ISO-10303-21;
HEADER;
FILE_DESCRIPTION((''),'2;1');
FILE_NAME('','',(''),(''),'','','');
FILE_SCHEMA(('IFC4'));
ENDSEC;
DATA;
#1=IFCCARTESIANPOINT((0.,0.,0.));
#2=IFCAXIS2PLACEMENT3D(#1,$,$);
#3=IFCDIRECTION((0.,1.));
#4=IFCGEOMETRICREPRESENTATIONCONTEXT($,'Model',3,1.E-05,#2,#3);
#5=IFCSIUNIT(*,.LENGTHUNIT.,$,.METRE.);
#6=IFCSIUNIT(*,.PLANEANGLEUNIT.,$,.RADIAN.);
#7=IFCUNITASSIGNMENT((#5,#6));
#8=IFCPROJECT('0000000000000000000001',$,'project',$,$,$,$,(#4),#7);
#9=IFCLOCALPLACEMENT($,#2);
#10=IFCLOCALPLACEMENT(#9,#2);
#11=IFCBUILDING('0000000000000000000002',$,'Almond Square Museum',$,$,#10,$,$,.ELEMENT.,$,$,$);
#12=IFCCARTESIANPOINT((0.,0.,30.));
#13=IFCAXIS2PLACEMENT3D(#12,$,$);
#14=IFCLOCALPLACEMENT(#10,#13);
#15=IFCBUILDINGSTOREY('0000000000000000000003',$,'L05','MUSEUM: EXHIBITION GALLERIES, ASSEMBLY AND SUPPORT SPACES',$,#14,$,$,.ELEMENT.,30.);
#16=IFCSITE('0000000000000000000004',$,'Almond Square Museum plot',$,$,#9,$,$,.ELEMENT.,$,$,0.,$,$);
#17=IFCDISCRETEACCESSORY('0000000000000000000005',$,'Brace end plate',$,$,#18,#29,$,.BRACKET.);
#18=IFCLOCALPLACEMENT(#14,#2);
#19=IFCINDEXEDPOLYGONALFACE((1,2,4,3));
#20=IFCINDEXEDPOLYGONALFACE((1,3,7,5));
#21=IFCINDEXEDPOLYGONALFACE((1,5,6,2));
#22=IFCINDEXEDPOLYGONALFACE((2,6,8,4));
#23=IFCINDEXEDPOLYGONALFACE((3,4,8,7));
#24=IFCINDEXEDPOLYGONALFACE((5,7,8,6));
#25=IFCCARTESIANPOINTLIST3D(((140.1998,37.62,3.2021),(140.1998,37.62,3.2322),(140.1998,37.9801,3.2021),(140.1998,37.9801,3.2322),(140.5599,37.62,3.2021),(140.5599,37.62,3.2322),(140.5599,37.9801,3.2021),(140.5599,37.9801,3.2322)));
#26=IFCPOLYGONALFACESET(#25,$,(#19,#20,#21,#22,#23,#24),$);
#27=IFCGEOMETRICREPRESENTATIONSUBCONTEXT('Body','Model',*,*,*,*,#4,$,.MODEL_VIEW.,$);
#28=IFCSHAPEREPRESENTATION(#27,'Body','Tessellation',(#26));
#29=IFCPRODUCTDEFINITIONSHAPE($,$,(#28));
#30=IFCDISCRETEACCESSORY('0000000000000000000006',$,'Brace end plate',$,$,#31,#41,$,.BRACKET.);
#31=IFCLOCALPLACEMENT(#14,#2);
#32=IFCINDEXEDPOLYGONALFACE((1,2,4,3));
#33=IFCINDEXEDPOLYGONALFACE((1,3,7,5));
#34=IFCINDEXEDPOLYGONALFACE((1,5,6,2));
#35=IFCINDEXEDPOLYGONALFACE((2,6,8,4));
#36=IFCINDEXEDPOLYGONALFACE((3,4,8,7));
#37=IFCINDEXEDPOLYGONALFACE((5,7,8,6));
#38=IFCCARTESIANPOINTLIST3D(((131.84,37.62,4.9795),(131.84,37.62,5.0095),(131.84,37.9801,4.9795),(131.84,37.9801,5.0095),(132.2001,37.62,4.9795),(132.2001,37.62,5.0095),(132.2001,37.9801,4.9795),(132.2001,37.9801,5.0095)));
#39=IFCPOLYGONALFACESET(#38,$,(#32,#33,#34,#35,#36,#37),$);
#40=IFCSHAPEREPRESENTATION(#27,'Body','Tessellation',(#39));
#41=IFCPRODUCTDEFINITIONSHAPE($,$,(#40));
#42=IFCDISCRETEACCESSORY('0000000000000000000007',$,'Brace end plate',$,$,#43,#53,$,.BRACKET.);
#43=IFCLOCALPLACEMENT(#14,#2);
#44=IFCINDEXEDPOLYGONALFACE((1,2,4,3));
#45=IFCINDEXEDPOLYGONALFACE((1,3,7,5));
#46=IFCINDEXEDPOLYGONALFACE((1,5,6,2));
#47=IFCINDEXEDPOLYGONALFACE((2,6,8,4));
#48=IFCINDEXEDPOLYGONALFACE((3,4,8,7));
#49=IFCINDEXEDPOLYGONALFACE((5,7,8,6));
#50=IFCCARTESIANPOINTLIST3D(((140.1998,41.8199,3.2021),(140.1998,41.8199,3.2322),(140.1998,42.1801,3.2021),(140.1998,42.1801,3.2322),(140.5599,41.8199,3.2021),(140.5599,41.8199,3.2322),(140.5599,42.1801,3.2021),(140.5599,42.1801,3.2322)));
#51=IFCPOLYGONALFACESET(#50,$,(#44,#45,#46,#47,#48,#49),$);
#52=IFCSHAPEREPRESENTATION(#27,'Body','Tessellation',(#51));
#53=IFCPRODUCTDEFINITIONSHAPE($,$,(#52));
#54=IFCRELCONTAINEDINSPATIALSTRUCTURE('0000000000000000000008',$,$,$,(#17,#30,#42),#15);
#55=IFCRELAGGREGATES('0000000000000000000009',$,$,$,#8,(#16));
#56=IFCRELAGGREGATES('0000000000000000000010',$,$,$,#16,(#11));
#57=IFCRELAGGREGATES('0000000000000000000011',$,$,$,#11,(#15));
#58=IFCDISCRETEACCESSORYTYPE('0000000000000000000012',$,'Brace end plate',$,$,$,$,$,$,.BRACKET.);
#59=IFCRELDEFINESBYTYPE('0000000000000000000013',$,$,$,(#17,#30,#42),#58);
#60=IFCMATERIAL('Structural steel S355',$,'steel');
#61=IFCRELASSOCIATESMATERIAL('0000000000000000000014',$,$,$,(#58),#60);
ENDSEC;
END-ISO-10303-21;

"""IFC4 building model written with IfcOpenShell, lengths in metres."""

from ifc_helpers import new_model, si_unit, direction, frame, origin, origin_2d, place, context, subcontext, project, spatial, rectangle, extrude, material, type_object, element, save


model = new_model("IFC4")

# Units and contexts
model_context = context("Model", 3, precision=1e-05, world=origin(), true_north=direction((0.0, 1.0)))
body_context = subcontext(model_context, "Body", "Model", "MODEL_VIEW")
ifc_project = project(units=[si_unit("LENGTHUNIT", "METRE"), si_unit("PLANEANGLEUNIT", "RADIAN")], contexts=[model_context])

# Site, building, storey
site_placement = place(None, origin())
site = spatial("IfcSite", under=ifc_project, at=site_placement, Name="Almond Square Museum plot", CompositionType="ELEMENT", RefElevation=0.0)
building_placement = place(site_placement, origin())
building = spatial("IfcBuilding", under=site, at=building_placement, Name="Almond Square Museum", CompositionType="ELEMENT")
storey_placement = place(building_placement, frame((0.0, 0.0, 30.0)))
storey = spatial("IfcBuildingStorey", under=building, at=storey_placement, Name="L05", Description="MUSEUM: EXHIBITION GALLERIES, ASSEMBLY AND SUPPORT SPACES", CompositionType="ELEMENT", Elevation=30.0)

# Discrete accessories
ifc_material_1 = material(Name="Structural steel S355", Category="steel")
discrete_accessory_type_1 = type_object("IfcDiscreteAccessoryType", Name="Brace end plate", PredefinedType="BRACKET", material=ifc_material_1)
for number, where, z_axis, x_axis, name in (
    (1, (140.3799, 37.8, 3.2021), (0.0, 0.0, 1.0), (1.0, 0.0, 0.0), "Brace end plate"),
    (2, (132.02, 37.8, 4.9795), (0.0, 0.0, 1.0), (1.0, 0.0, 0.0), "Brace end plate"),
    (3, (140.3799, 42.0, 3.2021), (0.0, 0.0, 1.0), (1.0, 0.0, 0.0), "Brace end plate"),
):
    element("IfcDiscreteAccessory", number, at=place(storey_placement, frame(where, z_axis=z_axis, x_axis=x_axis)), inside=storey, type_object=discrete_accessory_type_1, Name=name, PredefinedType="BRACKET", context=body_context, shape_type="SweptSolid", body=[
        extrude(rectangle(XDim=0.3601, YDim=0.3601, at=origin_2d()), origin(), (0.0, 0.0, 1.0), 0.03),
    ])

save(model, "model.ifc")
